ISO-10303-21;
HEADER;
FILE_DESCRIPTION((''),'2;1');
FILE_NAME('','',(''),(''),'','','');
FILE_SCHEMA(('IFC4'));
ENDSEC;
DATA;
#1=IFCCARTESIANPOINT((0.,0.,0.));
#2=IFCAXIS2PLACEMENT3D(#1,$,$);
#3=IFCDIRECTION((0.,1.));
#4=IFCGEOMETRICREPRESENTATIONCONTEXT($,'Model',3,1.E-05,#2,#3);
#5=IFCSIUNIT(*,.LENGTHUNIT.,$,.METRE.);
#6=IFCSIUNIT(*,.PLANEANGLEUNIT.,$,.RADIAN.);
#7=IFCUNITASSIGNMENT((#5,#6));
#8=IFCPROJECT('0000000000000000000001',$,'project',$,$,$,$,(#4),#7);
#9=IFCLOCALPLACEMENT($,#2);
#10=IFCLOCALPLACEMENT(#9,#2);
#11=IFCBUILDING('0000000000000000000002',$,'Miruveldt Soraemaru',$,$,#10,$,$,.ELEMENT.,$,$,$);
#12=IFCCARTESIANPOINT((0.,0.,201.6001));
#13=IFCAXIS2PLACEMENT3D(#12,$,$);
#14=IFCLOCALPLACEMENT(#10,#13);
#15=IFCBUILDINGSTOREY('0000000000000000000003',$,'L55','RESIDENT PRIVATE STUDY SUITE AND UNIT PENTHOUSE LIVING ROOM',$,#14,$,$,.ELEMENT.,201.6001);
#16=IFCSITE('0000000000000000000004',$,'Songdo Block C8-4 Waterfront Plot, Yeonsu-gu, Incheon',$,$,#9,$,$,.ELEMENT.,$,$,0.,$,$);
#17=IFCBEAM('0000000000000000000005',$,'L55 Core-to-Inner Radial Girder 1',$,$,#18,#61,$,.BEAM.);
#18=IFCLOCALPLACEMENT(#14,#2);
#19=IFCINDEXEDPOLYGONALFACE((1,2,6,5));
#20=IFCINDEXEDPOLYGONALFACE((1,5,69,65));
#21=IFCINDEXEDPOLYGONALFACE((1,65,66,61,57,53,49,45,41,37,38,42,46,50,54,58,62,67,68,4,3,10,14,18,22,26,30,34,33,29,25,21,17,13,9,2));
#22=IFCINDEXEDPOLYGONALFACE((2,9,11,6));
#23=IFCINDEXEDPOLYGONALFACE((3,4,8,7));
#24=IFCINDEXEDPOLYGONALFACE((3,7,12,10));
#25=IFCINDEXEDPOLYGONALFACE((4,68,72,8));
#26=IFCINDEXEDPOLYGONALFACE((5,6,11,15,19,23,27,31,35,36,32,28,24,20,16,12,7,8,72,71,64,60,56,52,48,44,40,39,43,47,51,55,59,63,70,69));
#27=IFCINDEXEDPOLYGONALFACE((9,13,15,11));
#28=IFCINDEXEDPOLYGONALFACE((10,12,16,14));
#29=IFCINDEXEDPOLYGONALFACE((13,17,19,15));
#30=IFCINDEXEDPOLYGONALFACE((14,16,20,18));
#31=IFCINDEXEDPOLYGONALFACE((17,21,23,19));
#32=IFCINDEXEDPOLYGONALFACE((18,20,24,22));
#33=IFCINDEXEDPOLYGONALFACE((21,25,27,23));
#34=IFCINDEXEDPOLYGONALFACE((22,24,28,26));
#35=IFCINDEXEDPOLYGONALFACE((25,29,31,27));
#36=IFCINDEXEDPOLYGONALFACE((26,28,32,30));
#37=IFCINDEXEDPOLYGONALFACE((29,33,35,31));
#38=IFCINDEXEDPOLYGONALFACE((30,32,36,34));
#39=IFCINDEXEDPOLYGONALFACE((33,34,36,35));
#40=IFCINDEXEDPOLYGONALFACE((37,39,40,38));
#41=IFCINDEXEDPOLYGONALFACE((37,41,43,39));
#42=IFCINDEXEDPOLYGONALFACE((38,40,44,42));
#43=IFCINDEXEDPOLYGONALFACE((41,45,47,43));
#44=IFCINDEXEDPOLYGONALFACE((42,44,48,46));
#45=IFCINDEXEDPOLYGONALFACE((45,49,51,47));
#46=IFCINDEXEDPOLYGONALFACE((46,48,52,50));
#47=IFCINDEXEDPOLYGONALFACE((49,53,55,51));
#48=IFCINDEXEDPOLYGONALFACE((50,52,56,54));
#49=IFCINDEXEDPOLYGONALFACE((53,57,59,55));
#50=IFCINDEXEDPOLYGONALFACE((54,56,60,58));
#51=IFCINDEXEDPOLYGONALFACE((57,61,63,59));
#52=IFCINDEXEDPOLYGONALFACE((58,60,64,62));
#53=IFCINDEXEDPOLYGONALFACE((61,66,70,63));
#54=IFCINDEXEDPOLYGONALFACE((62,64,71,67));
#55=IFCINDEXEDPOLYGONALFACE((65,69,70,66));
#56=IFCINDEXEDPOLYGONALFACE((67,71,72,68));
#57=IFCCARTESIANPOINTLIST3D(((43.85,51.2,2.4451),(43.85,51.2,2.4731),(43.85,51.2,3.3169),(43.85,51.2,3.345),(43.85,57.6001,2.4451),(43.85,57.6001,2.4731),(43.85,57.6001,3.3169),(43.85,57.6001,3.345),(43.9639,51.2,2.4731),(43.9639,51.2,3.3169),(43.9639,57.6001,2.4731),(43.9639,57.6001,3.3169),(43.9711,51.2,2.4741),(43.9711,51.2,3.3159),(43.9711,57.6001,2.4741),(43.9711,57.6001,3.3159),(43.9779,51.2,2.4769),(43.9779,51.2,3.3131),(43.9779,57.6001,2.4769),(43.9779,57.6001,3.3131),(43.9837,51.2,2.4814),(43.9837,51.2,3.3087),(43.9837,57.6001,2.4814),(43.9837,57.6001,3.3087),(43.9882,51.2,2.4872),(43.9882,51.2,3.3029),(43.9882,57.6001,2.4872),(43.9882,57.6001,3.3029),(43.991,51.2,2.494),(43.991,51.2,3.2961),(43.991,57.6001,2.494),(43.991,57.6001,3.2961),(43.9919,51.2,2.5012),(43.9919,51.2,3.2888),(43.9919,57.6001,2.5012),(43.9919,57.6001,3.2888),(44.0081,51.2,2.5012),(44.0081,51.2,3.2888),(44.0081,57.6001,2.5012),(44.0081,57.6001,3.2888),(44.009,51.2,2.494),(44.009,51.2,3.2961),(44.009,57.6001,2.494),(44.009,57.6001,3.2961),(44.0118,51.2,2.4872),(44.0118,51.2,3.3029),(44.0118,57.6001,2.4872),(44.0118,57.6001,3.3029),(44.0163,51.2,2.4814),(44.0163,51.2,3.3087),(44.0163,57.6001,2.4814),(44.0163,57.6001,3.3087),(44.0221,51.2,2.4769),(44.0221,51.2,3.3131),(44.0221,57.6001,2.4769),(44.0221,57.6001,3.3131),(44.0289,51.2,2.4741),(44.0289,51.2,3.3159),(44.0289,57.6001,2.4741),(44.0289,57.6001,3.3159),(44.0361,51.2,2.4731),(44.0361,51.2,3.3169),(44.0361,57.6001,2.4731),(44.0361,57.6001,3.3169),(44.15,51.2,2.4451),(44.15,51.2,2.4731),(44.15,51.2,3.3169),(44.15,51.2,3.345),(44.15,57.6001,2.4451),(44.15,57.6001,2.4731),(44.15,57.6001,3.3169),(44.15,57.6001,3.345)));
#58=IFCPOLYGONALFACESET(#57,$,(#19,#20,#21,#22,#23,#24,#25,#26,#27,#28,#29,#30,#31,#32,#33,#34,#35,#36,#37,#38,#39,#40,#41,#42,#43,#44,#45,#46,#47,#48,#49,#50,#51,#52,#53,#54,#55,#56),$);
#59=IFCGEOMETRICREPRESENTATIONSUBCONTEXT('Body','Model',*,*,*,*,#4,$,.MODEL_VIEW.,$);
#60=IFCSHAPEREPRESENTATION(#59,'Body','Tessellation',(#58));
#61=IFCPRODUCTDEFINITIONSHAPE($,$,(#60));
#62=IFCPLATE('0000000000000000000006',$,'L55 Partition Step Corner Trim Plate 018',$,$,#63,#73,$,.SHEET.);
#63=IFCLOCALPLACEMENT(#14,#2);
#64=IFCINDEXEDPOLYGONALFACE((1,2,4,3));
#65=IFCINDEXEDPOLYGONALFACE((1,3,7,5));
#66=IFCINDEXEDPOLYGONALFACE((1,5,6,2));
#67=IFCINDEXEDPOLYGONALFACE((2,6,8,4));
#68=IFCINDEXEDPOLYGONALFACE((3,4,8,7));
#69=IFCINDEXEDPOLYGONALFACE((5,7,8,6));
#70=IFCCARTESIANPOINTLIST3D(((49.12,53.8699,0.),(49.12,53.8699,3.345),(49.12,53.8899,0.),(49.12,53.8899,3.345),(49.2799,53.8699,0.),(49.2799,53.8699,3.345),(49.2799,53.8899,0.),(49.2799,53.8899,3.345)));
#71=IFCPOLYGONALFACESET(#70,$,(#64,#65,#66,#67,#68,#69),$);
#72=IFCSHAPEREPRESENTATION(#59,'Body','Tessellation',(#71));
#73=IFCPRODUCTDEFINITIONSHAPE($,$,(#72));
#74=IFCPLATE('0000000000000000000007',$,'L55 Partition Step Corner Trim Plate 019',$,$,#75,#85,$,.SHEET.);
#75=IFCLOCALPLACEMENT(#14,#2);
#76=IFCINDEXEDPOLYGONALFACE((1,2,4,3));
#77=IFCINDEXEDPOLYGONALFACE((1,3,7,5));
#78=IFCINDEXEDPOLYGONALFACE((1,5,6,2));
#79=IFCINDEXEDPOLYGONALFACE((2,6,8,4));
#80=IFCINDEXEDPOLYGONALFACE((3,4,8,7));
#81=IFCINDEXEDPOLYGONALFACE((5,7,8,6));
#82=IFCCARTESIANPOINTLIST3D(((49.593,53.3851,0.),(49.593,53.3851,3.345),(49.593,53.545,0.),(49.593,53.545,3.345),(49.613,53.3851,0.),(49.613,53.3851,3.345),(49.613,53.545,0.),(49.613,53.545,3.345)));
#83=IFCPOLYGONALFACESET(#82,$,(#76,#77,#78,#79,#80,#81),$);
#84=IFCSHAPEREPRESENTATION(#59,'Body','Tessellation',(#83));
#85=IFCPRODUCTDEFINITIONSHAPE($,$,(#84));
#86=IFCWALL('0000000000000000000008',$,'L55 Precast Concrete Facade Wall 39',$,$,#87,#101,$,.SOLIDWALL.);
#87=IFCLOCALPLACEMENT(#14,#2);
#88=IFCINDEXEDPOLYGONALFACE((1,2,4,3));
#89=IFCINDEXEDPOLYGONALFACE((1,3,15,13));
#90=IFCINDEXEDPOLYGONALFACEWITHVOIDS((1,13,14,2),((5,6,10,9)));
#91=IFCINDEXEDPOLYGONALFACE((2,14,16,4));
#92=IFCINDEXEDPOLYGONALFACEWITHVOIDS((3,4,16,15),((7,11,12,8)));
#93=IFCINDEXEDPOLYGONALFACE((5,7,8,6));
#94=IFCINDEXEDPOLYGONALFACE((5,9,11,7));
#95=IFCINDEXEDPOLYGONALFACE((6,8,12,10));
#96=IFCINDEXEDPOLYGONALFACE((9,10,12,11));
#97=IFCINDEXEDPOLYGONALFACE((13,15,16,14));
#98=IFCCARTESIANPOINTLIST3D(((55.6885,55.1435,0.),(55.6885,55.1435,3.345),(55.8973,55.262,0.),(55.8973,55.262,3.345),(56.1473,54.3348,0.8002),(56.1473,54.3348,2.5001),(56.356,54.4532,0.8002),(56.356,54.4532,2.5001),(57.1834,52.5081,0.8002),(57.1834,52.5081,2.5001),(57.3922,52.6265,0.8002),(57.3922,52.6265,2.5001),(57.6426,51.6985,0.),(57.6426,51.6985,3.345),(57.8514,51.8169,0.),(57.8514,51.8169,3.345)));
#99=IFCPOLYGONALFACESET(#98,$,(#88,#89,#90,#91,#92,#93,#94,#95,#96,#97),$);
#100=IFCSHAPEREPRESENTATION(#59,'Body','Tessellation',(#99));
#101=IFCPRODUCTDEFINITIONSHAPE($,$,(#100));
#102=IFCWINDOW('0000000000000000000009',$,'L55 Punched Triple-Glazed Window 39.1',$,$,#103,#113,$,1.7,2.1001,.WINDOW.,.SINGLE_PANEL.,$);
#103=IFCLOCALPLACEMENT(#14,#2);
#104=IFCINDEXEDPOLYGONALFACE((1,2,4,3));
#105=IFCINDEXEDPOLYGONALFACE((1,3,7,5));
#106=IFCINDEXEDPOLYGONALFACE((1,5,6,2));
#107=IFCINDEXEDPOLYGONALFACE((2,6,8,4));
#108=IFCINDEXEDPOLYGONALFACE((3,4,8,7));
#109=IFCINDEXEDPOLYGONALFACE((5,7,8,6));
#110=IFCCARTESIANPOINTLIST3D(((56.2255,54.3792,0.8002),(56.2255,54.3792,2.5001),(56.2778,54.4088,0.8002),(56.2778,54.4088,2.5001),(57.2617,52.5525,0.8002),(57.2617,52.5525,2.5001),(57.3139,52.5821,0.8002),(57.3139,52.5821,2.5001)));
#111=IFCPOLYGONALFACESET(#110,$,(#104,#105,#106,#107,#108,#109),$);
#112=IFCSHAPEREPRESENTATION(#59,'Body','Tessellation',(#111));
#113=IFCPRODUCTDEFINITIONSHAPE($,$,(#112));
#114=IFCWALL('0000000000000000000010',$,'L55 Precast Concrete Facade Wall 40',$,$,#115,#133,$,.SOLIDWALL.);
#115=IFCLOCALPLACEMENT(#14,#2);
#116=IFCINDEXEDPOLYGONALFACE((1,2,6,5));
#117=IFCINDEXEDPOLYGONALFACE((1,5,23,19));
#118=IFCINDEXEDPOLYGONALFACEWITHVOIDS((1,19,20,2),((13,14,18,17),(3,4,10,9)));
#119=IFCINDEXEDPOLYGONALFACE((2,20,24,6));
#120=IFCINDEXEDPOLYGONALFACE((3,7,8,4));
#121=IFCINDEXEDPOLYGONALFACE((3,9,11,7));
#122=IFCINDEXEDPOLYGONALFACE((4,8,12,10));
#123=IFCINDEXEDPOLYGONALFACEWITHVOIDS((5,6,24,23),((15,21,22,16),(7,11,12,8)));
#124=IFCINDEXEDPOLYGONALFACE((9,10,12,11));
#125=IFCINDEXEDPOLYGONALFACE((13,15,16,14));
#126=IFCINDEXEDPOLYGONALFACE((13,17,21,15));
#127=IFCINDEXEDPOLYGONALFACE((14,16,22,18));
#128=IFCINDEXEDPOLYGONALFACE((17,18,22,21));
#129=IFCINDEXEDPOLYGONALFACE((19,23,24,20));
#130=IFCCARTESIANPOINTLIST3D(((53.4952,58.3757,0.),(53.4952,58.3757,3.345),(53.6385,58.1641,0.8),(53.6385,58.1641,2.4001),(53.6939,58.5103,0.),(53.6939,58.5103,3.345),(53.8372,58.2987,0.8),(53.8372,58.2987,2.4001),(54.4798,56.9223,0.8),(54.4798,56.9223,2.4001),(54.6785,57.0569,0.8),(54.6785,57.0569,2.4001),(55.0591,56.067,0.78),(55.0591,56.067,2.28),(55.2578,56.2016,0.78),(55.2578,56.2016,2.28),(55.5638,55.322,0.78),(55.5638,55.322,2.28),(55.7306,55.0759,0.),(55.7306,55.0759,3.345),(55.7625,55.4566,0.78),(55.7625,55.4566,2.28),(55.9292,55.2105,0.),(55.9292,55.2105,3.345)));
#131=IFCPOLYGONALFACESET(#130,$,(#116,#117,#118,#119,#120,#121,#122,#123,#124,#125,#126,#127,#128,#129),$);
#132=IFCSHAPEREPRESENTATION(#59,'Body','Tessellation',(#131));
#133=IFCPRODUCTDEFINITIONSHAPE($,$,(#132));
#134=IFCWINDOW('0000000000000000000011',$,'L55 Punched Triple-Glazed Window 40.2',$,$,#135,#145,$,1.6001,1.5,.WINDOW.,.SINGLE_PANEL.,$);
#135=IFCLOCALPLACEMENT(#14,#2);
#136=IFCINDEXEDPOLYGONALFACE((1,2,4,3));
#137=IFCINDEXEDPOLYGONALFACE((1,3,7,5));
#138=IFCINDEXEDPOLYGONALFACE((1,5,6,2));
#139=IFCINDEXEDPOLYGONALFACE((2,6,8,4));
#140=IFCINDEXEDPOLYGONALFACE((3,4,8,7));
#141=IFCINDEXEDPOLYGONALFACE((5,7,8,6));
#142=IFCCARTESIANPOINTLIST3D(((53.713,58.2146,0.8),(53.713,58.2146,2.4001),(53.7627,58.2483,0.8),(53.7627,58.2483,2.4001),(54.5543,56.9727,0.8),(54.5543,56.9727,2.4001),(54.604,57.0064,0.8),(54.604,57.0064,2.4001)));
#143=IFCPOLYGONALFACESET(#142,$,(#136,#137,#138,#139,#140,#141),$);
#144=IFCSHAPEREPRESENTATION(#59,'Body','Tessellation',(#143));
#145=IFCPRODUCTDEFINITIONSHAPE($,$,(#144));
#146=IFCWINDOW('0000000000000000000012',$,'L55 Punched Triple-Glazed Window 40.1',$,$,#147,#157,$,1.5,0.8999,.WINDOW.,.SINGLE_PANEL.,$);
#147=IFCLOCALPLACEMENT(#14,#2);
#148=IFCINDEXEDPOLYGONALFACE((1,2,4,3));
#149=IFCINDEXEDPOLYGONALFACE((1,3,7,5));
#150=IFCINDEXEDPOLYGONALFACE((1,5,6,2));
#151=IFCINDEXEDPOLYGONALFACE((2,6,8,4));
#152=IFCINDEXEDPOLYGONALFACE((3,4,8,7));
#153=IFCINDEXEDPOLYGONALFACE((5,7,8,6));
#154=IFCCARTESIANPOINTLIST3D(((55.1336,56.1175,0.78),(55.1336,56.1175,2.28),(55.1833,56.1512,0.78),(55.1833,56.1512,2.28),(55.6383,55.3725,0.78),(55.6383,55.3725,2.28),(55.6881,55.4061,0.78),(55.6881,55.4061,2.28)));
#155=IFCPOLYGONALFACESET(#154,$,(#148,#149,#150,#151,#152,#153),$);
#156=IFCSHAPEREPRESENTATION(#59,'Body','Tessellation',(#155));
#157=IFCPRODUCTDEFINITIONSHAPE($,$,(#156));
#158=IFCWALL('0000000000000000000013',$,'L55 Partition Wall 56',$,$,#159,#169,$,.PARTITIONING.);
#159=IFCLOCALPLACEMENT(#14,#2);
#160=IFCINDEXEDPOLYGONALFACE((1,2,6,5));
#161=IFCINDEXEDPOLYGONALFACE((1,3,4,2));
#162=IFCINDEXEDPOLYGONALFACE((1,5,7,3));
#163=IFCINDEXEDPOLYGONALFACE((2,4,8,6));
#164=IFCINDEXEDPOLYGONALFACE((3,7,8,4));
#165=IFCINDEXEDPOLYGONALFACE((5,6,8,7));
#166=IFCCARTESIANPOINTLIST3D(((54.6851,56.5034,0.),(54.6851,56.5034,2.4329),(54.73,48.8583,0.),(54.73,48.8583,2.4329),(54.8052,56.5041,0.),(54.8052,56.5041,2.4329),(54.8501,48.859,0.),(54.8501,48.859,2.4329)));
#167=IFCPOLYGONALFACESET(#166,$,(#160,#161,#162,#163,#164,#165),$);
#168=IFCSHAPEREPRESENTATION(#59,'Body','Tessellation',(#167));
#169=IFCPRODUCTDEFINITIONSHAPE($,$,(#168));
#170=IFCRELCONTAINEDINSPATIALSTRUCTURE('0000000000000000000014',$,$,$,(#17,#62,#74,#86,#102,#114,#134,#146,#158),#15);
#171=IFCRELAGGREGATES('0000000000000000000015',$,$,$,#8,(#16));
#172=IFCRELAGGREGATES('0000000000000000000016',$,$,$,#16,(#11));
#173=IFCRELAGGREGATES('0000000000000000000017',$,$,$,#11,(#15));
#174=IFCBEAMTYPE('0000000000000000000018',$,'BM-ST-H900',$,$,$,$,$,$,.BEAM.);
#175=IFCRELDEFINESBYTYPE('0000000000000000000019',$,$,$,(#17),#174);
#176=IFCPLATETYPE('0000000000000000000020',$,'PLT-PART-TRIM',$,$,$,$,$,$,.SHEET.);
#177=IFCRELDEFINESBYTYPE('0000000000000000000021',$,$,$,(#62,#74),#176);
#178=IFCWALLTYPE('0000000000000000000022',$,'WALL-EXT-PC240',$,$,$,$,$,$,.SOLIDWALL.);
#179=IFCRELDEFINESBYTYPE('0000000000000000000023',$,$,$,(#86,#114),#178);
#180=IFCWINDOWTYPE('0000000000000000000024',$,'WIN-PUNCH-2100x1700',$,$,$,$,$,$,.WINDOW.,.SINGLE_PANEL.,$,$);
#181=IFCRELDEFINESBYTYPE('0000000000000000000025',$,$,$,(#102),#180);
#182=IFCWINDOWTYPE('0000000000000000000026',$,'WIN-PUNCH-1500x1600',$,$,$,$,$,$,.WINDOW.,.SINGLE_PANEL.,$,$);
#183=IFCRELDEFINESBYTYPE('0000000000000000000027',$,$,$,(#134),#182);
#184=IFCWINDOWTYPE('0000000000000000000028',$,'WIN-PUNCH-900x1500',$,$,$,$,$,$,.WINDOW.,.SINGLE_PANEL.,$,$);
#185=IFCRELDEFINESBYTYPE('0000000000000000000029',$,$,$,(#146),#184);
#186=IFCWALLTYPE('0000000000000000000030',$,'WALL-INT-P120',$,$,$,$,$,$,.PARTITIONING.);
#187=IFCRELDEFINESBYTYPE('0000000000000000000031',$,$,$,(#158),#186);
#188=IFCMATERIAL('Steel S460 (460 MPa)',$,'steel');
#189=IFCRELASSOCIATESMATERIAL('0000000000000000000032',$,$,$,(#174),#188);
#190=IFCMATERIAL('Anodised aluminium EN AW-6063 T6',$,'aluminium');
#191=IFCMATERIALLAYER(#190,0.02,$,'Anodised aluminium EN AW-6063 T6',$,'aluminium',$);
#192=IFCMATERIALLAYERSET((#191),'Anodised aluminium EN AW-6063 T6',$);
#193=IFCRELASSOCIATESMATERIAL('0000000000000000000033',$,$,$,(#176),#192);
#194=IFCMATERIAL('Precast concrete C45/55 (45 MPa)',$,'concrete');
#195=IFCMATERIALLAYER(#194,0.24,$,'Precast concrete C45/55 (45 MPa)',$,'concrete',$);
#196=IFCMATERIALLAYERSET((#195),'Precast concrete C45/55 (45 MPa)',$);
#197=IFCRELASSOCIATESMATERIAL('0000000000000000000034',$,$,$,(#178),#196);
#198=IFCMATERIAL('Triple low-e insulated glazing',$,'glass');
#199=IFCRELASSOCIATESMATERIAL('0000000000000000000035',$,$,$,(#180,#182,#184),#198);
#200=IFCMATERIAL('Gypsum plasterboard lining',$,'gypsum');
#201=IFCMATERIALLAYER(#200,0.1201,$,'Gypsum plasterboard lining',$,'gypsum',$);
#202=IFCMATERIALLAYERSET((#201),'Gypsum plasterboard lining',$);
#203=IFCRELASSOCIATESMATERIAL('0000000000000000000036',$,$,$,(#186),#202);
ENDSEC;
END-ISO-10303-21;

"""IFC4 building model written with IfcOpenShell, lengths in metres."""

from ifc_helpers import new_model, si_unit, direction, frame, frame_2d, origin, origin_2d, place, context, subcontext, project, spatial, rectangle, i_section, extrude, material, layer, layer_set, material_profile, profile_set, type_object, element, fill, save


model = new_model("IFC4")

# Units and contexts
model_context = context("Model", 3, precision=1e-05, world=origin(), true_north=direction((0.0, 1.0)))
body_context = subcontext(model_context, "Body", "Model", "MODEL_VIEW")
ifc_project = project(units=[si_unit("LENGTHUNIT", "METRE"), si_unit("PLANEANGLEUNIT", "RADIAN")], contexts=[model_context])

# Site, building, storey
site_placement = place(None, origin())
site = spatial("IfcSite", under=ifc_project, at=site_placement, Name="Songdo Block C8-4 Waterfront Plot, Yeonsu-gu, Incheon", CompositionType="ELEMENT", RefElevation=0.0)
building_placement = place(site_placement, origin())
building = spatial("IfcBuilding", under=site, at=building_placement, Name="Miruveldt Soraemaru", CompositionType="ELEMENT")
storey_placement = place(building_placement, frame((0.0, 0.0, 201.6001)))
storey = spatial("IfcBuildingStorey", under=building, at=storey_placement, Name="L55", Description="RESIDENT PRIVATE STUDY SUITE AND UNIT PENTHOUSE LIVING ROOM", CompositionType="ELEMENT", Elevation=201.6001)

# Beam
ifc_material_1 = material(Name="Steel S460 (460 MPa)", Category="steel")
ifc_material_profile = material_profile(ifc_material_1, i_section(OverallWidth=0.3, OverallDepth=0.8999, WebThickness=0.0161, FlangeThickness=0.0281, FilletRadius=0.0281, at=origin_2d()), Name="Steel S460 (460 MPa)", Category="steel")
ifc_profile_set = profile_set([ifc_material_profile], Name="Steel S460 (460 MPa)")
beam_type = type_object("IfcBeamType", Name="BM-ST-H900", PredefinedType="BEAM", material=ifc_profile_set)
beam_placement = place(storey_placement, frame((44.0, 51.2, 2.895), z_axis=(0.0, 1.0, 0.0), x_axis=(-1.0, 0.0, 0.0)))
element("IfcBeam", 1, at=beam_placement, inside=storey, type_object=beam_type, Name="L55 Core-to-Inner Radial Girder 1", PredefinedType="BEAM", context=body_context, shape_type="SweptSolid", body=[
    extrude(i_section(OverallWidth=0.3, OverallDepth=0.8999, WebThickness=0.0161, FlangeThickness=0.0281, FilletRadius=0.0281, at=origin_2d()), origin(), (0.0, 0.0, 1.0), 6.4001),
])

# Plates
ifc_material_2 = material(Name="Anodised aluminium EN AW-6063 T6", Category="aluminium")
ifc_layer_1 = layer(ifc_material_2, 0.02, Name="Anodised aluminium EN AW-6063 T6", Category="aluminium")
ifc_layer_set_1 = layer_set([ifc_layer_1], Name="Anodised aluminium EN AW-6063 T6")
plate_type = type_object("IfcPlateType", Name="PLT-PART-TRIM", PredefinedType="SHEET", material=ifc_layer_set_1)
for number, where, z_axis, x_axis, name in (
    (2, (49.2, 53.8799, 0.0), (0.0, 0.0, 1.0), (1.0, 0.0, 0.0), "L55 Partition Step Corner Trim Plate 018"),
    (3, (49.603, 53.4651, 0.0), (0.0, 0.0, 1.0), (0.0, 1.0, 0.0), "L55 Partition Step Corner Trim Plate 019"),
):
    element("IfcPlate", number, at=place(storey_placement, frame(where, z_axis=z_axis, x_axis=x_axis)), inside=storey, type_object=plate_type, Name=name, PredefinedType="SHEET", context=body_context, shape_type="SweptSolid", body=[
        extrude(rectangle(XDim=0.1599, YDim=0.02, at=origin_2d()), origin(), (0.0, 0.0, 1.0), 3.345),
    ])

# Wall, opening, window
ifc_material_3 = material(Name="Precast concrete C45/55 (45 MPa)", Category="concrete")
ifc_layer_2 = layer(ifc_material_3, 0.24, Name="Precast concrete C45/55 (45 MPa)", Category="concrete")
ifc_layer_set_2 = layer_set([ifc_layer_2], Name="Precast concrete C45/55 (45 MPa)")
wall_type_1 = type_object("IfcWallType", Name="WALL-EXT-PC240", PredefinedType="SOLIDWALL", material=ifc_layer_set_2)
wall_1_placement = place(storey_placement, frame((57.7471, 51.7576, 0.0), z_axis=(0.0, 0.0, 1.0), x_axis=(-0.493375, 0.869817, 0.0)))
wall_1 = element("IfcWall", 4, at=wall_1_placement, inside=storey, type_object=wall_type_1, Name="L55 Precast Concrete Facade Wall 39", PredefinedType="SOLIDWALL", context=body_context, shape_type="SweptSolid", body=[
    extrude(rectangle(XDim=3.9607, YDim=0.24, at=frame_2d((1.9805, 0.0))), origin(), (0.0, 0.0, 1.0), 3.345),
])
opening_1_placement = place(wall_1_placement, frame((0.9309, 0.0, 0.8)))
opening_1 = element("IfcOpeningElement", 5, at=opening_1_placement, cuts=wall_1, PredefinedType="OPENING", context=body_context, shape_type="SweptSolid", body=[
    extrude(rectangle(XDim=2.1001, YDim=1.7, at=frame_2d((1.05, 0.8501))), frame((0.0, 0.1299, 0.0), z_axis=(0.0, -1.0, 0.0), x_axis=(1.0, 0.0, 0.0)), (0.0, 0.0, 1.0), 0.26),
])
ifc_material_4 = material(Name="Triple low-e insulated glazing", Category="glass")
window_type_1 = type_object("IfcWindowType", Name="WIN-PUNCH-2100x1700", PartitioningType="SINGLE_PANEL", PredefinedType="WINDOW", material=ifc_material_4)
window_1_placement = place(opening_1_placement, origin())
window_1 = element("IfcWindow", 6, at=window_1_placement, inside=storey, type_object=window_type_1, Name="L55 Punched Triple-Glazed Window 39.1", OverallHeight=1.7, OverallWidth=2.1001, PartitioningType="SINGLE_PANEL", PredefinedType="WINDOW", context=body_context, shape_type="SweptSolid", body=[
    extrude(rectangle(XDim=2.1001, YDim=1.7, at=frame_2d((1.05, 0.8501))), frame((0.0, 0.03, 0.0), z_axis=(0.0, -1.0, 0.0), x_axis=(1.0, 0.0, 0.0)), (0.0, 0.0, 1.0), 0.0601),
])
fill(opening_1, window_1)

# Wall, openings, windows
wall_2_placement = place(storey_placement, frame((55.8298, 55.1433, 0.0), z_axis=(0.0, 0.0, 1.0), x_axis=(-0.560848, 0.827919, 0.0)))
wall_2 = element("IfcWall", 7, at=wall_2_placement, inside=storey, type_object=wall_type_1, Name="L55 Precast Concrete Facade Wall 40", PredefinedType="SOLIDWALL", context=body_context, shape_type="SweptSolid", body=[
    extrude(rectangle(XDim=3.9856, YDim=0.24, at=frame_2d((1.9927, 0.0))), origin(), (0.0, 0.0, 1.0), 3.345),
])
opening_2_placement = place(wall_2_placement, frame((0.2971, 0.0, 0.78)))
opening_2 = element("IfcOpeningElement", 8, at=opening_2_placement, cuts=wall_2, PredefinedType="OPENING", context=body_context, shape_type="SweptSolid", body=[
    extrude(rectangle(XDim=0.8999, YDim=1.5, at=frame_2d((0.45, 0.75))), frame((0.0, 0.1299, 0.0), z_axis=(0.0, -1.0, 0.0), x_axis=(1.0, 0.0, 0.0)), (0.0, 0.0, 1.0), 0.26),
])
opening_3_placement = place(wall_2_placement, frame((2.23, 0.0, 0.8)))
opening_3 = element("IfcOpeningElement", 9, at=opening_3_placement, cuts=wall_2, PredefinedType="OPENING", context=body_context, shape_type="SweptSolid", body=[
    extrude(rectangle(XDim=1.5, YDim=1.6001, at=frame_2d((0.75, 0.8))), frame((0.0, 0.1299, 0.0), z_axis=(0.0, -1.0, 0.0), x_axis=(1.0, 0.0, 0.0)), (0.0, 0.0, 1.0), 0.26),
])
window_type_2 = type_object("IfcWindowType", Name="WIN-PUNCH-1500x1600", PartitioningType="SINGLE_PANEL", PredefinedType="WINDOW", material=ifc_material_4)
window_2_placement = place(opening_3_placement, origin())
window_2 = element("IfcWindow", 10, at=window_2_placement, inside=storey, type_object=window_type_2, Name="L55 Punched Triple-Glazed Window 40.2", OverallHeight=1.6001, OverallWidth=1.5, PartitioningType="SINGLE_PANEL", PredefinedType="WINDOW", context=body_context, shape_type="SweptSolid", body=[
    extrude(rectangle(XDim=1.5, YDim=1.6001, at=frame_2d((0.75, 0.8))), frame((0.0, 0.03, 0.0), z_axis=(0.0, -1.0, 0.0), x_axis=(1.0, 0.0, 0.0)), (0.0, 0.0, 1.0), 0.0601),
])
fill(opening_3, window_2)
window_type_3 = type_object("IfcWindowType", Name="WIN-PUNCH-900x1500", PartitioningType="SINGLE_PANEL", PredefinedType="WINDOW", material=ifc_material_4)
window_3_placement = place(opening_2_placement, origin())
window_3 = element("IfcWindow", 11, at=window_3_placement, inside=storey, type_object=window_type_3, Name="L55 Punched Triple-Glazed Window 40.1", OverallHeight=1.5, OverallWidth=0.8999, PartitioningType="SINGLE_PANEL", PredefinedType="WINDOW", context=body_context, shape_type="SweptSolid", body=[
    extrude(rectangle(XDim=0.8999, YDim=1.5, at=frame_2d((0.45, 0.75))), frame((0.0, 0.03, 0.0), z_axis=(0.0, -1.0, 0.0), x_axis=(1.0, 0.0, 0.0)), (0.0, 0.0, 1.0), 0.0601),
])
fill(opening_2, window_3)

# Wall
ifc_material_5 = material(Name="Gypsum plasterboard lining", Category="gypsum")
ifc_layer_3 = layer(ifc_material_5, 0.1201, Name="Gypsum plasterboard lining", Category="gypsum")
ifc_layer_set_3 = layer_set([ifc_layer_3], Name="Gypsum plasterboard lining")
wall_type_2 = type_object("IfcWallType", Name="WALL-INT-P120", PredefinedType="PARTITIONING", material=ifc_layer_set_3)
wall_3_placement = place(storey_placement, frame((54.7451, 56.5039, 0.0), z_axis=(0.0, 0.0, 1.0), x_axis=(0.005876, -0.999983, 0.0)))
element("IfcWall", 12, at=wall_3_placement, inside=storey, type_object=wall_type_2, Name="L55 Partition Wall 56", PredefinedType="PARTITIONING", context=body_context, shape_type="SweptSolid", body=[
    extrude(rectangle(XDim=7.6453, YDim=0.1201, at=frame_2d((3.8228, 0.0))), origin(), (0.0, 0.0, 1.0), 2.4329),
])

save(model, "model.ifc")
